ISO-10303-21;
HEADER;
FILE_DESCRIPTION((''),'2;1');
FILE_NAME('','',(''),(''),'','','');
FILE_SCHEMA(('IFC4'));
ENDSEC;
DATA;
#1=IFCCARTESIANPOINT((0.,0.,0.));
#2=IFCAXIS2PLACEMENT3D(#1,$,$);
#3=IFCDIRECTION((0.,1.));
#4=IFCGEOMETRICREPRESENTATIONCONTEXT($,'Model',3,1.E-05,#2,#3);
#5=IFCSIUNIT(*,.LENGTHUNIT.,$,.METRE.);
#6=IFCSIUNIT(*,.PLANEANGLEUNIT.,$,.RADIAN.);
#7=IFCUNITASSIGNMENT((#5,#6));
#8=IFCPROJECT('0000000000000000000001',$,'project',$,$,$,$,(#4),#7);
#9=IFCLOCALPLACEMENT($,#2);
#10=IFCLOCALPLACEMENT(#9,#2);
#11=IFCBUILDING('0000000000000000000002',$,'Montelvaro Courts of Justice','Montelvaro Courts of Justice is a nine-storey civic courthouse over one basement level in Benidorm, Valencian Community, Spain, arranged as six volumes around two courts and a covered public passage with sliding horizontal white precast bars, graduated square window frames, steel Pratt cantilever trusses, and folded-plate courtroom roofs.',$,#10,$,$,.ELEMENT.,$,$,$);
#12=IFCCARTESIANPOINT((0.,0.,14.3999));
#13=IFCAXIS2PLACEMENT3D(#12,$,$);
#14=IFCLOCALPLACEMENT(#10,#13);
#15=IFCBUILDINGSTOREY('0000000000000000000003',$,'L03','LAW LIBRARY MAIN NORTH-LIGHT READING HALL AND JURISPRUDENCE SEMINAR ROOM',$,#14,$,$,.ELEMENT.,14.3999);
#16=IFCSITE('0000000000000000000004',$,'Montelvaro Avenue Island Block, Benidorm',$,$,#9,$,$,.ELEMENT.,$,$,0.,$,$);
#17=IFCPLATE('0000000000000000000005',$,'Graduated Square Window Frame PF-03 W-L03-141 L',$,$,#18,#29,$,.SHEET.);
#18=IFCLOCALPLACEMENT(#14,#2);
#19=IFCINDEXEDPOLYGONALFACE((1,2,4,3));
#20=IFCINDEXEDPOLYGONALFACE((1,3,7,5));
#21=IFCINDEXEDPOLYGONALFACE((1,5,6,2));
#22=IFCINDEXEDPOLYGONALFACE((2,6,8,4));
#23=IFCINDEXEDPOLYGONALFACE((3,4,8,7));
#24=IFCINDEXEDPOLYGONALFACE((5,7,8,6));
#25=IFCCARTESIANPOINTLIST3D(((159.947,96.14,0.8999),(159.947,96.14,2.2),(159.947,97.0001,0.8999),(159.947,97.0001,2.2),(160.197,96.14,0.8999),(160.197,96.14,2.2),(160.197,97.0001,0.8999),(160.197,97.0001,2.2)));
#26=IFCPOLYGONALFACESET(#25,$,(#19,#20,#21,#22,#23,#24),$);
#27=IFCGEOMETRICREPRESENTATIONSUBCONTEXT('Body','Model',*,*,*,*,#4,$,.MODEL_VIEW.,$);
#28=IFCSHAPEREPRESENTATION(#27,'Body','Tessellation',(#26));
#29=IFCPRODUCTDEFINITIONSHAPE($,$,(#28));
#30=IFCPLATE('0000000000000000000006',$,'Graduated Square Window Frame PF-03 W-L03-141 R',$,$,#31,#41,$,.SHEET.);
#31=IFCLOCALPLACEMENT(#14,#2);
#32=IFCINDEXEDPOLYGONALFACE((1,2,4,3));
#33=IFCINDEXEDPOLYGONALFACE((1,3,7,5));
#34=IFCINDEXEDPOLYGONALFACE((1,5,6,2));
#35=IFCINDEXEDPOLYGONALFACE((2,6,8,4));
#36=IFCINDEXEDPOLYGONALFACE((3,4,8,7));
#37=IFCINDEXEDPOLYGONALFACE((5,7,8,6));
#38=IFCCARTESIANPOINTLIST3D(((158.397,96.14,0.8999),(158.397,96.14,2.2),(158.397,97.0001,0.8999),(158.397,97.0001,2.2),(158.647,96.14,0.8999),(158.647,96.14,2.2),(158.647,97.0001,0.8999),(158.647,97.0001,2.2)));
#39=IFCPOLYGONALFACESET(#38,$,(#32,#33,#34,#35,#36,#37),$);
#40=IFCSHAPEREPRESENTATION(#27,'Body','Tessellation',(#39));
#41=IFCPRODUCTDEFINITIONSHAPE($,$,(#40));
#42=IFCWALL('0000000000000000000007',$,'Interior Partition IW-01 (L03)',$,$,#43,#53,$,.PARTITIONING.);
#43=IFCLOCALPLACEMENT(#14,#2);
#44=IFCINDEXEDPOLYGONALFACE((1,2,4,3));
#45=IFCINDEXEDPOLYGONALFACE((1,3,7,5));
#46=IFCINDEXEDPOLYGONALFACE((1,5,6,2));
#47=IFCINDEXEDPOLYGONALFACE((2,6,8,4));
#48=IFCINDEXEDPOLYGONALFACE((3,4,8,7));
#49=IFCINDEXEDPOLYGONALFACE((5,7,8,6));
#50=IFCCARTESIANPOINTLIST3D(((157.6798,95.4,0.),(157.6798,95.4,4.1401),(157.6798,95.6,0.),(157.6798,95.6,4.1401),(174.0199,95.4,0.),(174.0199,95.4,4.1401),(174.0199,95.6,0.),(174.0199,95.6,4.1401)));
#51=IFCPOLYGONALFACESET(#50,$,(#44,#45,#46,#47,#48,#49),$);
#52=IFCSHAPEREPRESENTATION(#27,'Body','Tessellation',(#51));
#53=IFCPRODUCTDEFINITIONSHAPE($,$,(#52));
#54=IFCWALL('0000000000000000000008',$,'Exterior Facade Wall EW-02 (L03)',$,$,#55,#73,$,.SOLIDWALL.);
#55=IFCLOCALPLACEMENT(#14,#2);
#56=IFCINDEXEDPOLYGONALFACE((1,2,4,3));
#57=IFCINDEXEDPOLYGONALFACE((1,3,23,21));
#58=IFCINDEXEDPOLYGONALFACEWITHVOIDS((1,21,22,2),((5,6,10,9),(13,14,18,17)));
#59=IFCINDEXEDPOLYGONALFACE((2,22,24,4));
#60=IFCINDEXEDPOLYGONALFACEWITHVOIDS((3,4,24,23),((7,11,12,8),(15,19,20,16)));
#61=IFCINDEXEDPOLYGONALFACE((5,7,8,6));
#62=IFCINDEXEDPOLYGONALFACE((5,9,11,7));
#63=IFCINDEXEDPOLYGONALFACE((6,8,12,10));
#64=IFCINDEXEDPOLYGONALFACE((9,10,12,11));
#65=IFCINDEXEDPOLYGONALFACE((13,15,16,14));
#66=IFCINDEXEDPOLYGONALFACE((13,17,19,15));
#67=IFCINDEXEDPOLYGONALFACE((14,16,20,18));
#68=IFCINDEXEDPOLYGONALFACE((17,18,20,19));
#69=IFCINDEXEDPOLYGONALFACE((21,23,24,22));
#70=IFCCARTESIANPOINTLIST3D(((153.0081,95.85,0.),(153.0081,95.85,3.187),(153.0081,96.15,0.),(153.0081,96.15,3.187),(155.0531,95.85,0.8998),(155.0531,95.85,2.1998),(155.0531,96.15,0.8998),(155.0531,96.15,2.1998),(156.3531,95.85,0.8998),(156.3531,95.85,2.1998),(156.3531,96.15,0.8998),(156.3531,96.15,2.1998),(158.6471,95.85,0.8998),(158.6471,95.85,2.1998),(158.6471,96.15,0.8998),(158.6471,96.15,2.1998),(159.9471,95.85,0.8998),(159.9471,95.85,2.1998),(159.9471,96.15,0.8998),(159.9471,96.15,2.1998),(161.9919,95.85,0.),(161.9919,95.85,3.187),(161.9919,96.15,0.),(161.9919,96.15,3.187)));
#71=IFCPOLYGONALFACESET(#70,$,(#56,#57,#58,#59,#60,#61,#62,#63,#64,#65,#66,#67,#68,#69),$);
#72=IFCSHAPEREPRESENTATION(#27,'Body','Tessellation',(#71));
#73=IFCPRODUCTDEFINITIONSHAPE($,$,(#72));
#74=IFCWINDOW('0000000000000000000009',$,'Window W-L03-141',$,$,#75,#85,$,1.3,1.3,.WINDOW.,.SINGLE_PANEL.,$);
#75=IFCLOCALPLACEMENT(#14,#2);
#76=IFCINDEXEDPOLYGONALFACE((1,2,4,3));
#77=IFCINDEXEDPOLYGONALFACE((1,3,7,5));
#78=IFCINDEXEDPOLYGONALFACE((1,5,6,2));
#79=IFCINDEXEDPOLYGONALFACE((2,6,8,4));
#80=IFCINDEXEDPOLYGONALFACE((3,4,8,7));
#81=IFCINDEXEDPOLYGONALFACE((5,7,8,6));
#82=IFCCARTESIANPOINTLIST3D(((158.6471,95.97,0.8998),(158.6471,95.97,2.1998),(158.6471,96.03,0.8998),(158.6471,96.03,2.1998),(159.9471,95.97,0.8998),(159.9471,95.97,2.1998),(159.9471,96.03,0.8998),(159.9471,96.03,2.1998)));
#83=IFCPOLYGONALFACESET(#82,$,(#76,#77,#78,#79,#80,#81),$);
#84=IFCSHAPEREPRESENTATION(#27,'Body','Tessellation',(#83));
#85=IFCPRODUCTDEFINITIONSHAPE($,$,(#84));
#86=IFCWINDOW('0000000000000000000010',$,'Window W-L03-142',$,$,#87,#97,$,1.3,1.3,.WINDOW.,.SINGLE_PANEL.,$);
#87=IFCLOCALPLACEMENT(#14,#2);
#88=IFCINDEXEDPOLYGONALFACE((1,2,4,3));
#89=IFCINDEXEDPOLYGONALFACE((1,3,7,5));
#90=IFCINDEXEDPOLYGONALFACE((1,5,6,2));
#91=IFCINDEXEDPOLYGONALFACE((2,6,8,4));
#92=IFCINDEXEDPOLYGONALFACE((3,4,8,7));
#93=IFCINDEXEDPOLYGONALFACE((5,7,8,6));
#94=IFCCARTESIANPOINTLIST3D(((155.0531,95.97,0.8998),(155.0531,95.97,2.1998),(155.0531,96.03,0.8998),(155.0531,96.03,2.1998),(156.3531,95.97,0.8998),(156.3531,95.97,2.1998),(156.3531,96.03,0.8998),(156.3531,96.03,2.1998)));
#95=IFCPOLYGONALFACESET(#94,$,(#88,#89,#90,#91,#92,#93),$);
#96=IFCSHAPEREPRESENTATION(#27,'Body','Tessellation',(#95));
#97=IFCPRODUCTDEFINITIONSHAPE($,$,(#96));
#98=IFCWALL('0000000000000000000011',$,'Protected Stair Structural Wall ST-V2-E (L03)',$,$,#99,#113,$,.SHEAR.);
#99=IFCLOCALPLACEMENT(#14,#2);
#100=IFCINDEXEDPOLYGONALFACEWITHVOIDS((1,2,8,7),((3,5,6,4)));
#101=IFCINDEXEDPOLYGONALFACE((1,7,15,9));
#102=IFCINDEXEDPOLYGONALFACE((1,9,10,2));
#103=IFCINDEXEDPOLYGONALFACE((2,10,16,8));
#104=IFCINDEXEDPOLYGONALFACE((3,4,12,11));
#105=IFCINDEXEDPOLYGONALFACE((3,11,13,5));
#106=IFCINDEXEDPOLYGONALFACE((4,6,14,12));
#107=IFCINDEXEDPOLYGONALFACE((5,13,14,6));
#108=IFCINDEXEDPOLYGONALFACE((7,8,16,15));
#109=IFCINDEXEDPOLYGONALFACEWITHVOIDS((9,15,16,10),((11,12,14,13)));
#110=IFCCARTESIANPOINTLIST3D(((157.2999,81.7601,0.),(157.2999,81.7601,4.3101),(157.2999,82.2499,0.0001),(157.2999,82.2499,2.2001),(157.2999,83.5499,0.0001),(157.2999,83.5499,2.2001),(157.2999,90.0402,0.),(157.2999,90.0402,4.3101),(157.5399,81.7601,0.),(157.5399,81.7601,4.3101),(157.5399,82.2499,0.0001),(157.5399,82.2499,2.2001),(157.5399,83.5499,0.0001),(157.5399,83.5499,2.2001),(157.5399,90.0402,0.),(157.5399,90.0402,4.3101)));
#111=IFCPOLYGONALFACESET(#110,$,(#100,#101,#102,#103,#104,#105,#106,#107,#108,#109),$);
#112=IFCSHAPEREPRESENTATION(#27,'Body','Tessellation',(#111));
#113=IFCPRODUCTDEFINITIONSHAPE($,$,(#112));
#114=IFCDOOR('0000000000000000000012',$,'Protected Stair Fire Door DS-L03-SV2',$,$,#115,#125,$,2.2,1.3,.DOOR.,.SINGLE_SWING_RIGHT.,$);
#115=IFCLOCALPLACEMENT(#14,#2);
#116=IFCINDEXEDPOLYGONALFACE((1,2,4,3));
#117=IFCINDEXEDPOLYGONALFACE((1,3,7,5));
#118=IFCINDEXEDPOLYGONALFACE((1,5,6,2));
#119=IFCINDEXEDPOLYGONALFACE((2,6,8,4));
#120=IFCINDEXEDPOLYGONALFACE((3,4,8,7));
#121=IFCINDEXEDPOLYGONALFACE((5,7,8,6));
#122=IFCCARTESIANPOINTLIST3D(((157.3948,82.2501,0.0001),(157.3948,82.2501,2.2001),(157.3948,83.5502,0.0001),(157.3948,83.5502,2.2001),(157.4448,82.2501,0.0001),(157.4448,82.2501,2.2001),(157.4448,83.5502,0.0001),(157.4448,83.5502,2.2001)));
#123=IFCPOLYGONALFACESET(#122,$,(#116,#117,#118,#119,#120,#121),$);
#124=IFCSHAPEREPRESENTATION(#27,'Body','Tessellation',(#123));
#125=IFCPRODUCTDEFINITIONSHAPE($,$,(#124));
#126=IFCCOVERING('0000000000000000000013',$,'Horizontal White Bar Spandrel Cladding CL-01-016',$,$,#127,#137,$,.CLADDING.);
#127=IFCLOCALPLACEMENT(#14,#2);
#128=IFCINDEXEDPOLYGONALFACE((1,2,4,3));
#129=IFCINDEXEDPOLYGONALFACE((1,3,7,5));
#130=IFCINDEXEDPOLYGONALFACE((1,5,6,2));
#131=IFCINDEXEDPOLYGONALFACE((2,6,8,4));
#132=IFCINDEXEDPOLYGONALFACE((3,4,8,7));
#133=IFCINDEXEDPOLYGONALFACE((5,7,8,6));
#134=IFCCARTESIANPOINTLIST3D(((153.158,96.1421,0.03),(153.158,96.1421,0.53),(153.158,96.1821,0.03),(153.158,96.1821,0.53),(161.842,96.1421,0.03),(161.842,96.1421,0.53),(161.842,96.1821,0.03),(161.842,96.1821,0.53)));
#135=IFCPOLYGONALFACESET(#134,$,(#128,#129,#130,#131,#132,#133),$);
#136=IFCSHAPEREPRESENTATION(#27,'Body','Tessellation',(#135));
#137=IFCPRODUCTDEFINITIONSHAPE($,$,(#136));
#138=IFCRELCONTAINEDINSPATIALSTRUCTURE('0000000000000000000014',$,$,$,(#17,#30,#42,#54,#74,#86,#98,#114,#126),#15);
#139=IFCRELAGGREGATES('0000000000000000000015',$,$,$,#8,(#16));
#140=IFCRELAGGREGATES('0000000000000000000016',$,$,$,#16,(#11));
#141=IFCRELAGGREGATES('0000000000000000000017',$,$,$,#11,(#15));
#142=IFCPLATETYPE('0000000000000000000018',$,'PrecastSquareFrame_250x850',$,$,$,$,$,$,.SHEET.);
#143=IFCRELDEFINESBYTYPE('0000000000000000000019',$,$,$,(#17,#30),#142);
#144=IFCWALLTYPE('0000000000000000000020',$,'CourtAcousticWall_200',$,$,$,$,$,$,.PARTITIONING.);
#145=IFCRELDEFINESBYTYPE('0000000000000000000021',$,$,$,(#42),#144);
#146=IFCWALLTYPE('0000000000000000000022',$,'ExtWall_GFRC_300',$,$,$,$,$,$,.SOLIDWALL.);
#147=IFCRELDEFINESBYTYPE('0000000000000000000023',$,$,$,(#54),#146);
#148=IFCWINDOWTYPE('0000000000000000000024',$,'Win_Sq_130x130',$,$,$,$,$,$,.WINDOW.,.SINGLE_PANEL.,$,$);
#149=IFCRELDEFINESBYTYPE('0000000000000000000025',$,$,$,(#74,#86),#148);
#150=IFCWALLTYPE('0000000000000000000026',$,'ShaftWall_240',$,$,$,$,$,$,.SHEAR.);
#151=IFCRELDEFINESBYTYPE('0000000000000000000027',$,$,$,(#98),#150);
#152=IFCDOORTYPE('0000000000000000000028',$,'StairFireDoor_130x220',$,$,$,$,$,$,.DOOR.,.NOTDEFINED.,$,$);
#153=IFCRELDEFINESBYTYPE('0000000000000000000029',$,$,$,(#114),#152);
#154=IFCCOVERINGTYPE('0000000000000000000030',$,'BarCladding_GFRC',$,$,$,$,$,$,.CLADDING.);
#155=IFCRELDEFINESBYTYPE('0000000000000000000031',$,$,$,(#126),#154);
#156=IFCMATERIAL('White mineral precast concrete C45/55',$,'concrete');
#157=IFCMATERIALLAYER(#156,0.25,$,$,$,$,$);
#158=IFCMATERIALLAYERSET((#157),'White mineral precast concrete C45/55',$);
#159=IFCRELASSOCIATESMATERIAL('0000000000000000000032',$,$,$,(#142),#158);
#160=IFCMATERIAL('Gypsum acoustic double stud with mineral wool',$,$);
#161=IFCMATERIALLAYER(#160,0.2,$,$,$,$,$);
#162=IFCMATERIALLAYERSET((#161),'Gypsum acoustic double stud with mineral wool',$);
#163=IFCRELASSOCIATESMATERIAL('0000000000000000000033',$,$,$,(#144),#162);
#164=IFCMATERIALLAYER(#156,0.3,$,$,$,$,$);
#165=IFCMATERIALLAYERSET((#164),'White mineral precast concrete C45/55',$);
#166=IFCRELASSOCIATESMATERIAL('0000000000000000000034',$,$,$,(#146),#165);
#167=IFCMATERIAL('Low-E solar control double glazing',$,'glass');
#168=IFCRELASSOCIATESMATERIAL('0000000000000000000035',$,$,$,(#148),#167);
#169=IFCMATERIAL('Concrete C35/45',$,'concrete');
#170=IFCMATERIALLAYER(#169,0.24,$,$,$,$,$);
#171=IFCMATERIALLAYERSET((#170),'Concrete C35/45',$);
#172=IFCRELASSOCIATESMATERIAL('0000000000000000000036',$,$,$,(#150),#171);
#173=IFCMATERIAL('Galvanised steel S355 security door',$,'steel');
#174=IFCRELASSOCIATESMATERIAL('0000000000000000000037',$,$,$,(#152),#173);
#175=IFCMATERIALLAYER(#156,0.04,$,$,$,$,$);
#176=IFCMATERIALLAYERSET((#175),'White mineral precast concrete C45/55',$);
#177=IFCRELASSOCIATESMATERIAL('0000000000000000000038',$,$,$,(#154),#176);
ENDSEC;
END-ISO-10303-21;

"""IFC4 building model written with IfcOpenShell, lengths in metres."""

from ifc_helpers import new_model, si_unit, direction, frame, frame_2d, origin, origin_2d, place, context, subcontext, project, spatial, rectangle, extrude, material, layer, layer_set, type_object, element, fill, save


model = new_model("IFC4")

# Units and contexts
model_context = context("Model", 3, precision=1e-05, world=origin(), true_north=direction((0.0, 1.0)))
body_context = subcontext(model_context, "Body", "Model", "MODEL_VIEW")
ifc_project = project(units=[si_unit("LENGTHUNIT", "METRE"), si_unit("PLANEANGLEUNIT", "RADIAN")], contexts=[model_context])

# Site, building, storey
site_placement = place(None, origin())
site = spatial("IfcSite", under=ifc_project, at=site_placement, Name="Montelvaro Avenue Island Block, Benidorm", CompositionType="ELEMENT", RefElevation=0.0)
building_placement = place(site_placement, origin())
building = spatial("IfcBuilding", under=site, at=building_placement, Name="Montelvaro Courts of Justice", Description="Montelvaro Courts of Justice is a nine-storey civic courthouse over one basement level in Benidorm, Valencian Community, Spain, arranged as six volumes around two courts and a covered public passage with sliding horizontal white precast bars, graduated square window frames, steel Pratt cantilever trusses, and folded-plate courtroom roofs.", CompositionType="ELEMENT")
storey_placement = place(building_placement, frame((0.0, 0.0, 14.3999)))
storey = spatial("IfcBuildingStorey", under=building, at=storey_placement, Name="L03", Description="LAW LIBRARY MAIN NORTH-LIGHT READING HALL AND JURISPRUDENCE SEMINAR ROOM", CompositionType="ELEMENT", Elevation=14.3999)

# Plates
ifc_material_1 = material(Name="White mineral precast concrete C45/55", Category="concrete")
ifc_layer_1 = layer(ifc_material_1, 0.25)
ifc_layer_set_1 = layer_set([ifc_layer_1], Name="White mineral precast concrete C45/55")
plate_type_1 = type_object("IfcPlateType", Name="PrecastSquareFrame_250x850", PredefinedType="SHEET", material=ifc_layer_set_1)
for number, where, z_axis, x_axis, name in (
    (1, (160.072, 96.5701, 0.8999), (0.0, 0.0, 1.0), (-1.0, 0.0, 0.0), "Graduated Square Window Frame PF-03 W-L03-141 L"),
    (2, (158.522, 96.5701, 0.8999), (0.0, 0.0, 1.0), (-1.0, 0.0, 0.0), "Graduated Square Window Frame PF-03 W-L03-141 R"),
):
    element("IfcPlate", number, at=place(storey_placement, frame(where, z_axis=z_axis, x_axis=x_axis)), inside=storey, type_object=plate_type_1, Name=name, PredefinedType="SHEET", context=body_context, shape_type="SweptSolid", body=[
        extrude(rectangle(XDim=0.25, YDim=0.8601, at=origin_2d()), origin(), (0.0, 0.0, 1.0), 1.3),
    ])

# Wall
ifc_material_2 = material(Name="Gypsum acoustic double stud with mineral wool")
ifc_layer_2 = layer(ifc_material_2, 0.2)
ifc_layer_set_2 = layer_set([ifc_layer_2], Name="Gypsum acoustic double stud with mineral wool")
wall_type_1 = type_object("IfcWallType", Name="CourtAcousticWall_200", PredefinedType="PARTITIONING", material=ifc_layer_set_2)
wall_1_placement = place(storey_placement, frame((157.6799, 95.5, 0.0), z_axis=(0.0, 0.0, 1.0), x_axis=(1.0, 0.0, 0.0)))
element("IfcWall", 3, at=wall_1_placement, inside=storey, type_object=wall_type_1, Name="Interior Partition IW-01 (L03)", PredefinedType="PARTITIONING", context=body_context, shape_type="SweptSolid", body=[
    extrude(rectangle(XDim=16.3401, YDim=0.2, at=frame_2d((8.1699, 0.0))), origin(), (0.0, 0.0, 1.0), 4.1401),
])

# Wall, openings, windows
ifc_layer_3 = layer(ifc_material_1, 0.3)
ifc_layer_set_3 = layer_set([ifc_layer_3], Name="White mineral precast concrete C45/55")
wall_type_2 = type_object("IfcWallType", Name="ExtWall_GFRC_300", PredefinedType="SOLIDWALL", material=ifc_layer_set_3)
wall_2_placement = place(storey_placement, frame((161.9919, 96.0, 0.0), z_axis=(0.0, 0.0, 1.0), x_axis=(-1.0, 0.0, 0.0)))
wall_2 = element("IfcWall", 4, at=wall_2_placement, inside=storey, type_object=wall_type_2, Name="Exterior Facade Wall EW-02 (L03)", PredefinedType="SOLIDWALL", context=body_context, shape_type="SweptSolid", body=[
    extrude(rectangle(XDim=8.9839, YDim=0.3, at=frame_2d((4.4919, 0.0))), origin(), (0.0, 0.0, 1.0), 3.187),
])
opening_1_placement = place(wall_2_placement, frame((2.0449, 0.0, 0.8999)))
opening_1 = element("IfcOpeningElement", 5, at=opening_1_placement, cuts=wall_2, PredefinedType="OPENING", context=body_context, shape_type="SweptSolid", body=[
    extrude(rectangle(XDim=1.3, YDim=1.3, at=frame_2d((0.6499, 0.6499))), frame((0.0, 0.165, 0.0), z_axis=(0.0, -1.0, 0.0), x_axis=(1.0, 0.0, 0.0)), (0.0, 0.0, 1.0), 0.3298),
])
opening_2_placement = place(wall_2_placement, frame((5.6389, 0.0, 0.8999)))
opening_2 = element("IfcOpeningElement", 6, at=opening_2_placement, cuts=wall_2, PredefinedType="OPENING", context=body_context, shape_type="SweptSolid", body=[
    extrude(rectangle(XDim=1.3, YDim=1.3, at=frame_2d((0.6499, 0.6499))), frame((0.0, 0.165, 0.0), z_axis=(0.0, -1.0, 0.0), x_axis=(1.0, 0.0, 0.0)), (0.0, 0.0, 1.0), 0.3298),
])
ifc_material_3 = material(Name="Low-E solar control double glazing", Category="glass")
window_type = type_object("IfcWindowType", Name="Win_Sq_130x130", PartitioningType="SINGLE_PANEL", PredefinedType="WINDOW", material=ifc_material_3)
window_1_placement = place(opening_1_placement, origin())
window_1 = element("IfcWindow", 7, at=window_1_placement, inside=storey, type_object=window_type, Name="Window W-L03-141", OverallHeight=1.3, OverallWidth=1.3, PartitioningType="SINGLE_PANEL", PredefinedType="WINDOW", context=body_context, shape_type="SweptSolid", body=[
    extrude(rectangle(XDim=1.3, YDim=1.3, at=frame_2d((0.6499, 0.6499))), frame((0.0, 0.03, 0.0), z_axis=(0.0, -1.0, 0.0), x_axis=(1.0, 0.0, 0.0)), (0.0, 0.0, 1.0), 0.0601),
])
fill(opening_1, window_1)
window_2_placement = place(opening_2_placement, origin())
window_2 = element("IfcWindow", 8, at=window_2_placement, inside=storey, type_object=window_type, Name="Window W-L03-142", OverallHeight=1.3, OverallWidth=1.3, PartitioningType="SINGLE_PANEL", PredefinedType="WINDOW", context=body_context, shape_type="SweptSolid", body=[
    extrude(rectangle(XDim=1.3, YDim=1.3, at=frame_2d((0.6499, 0.6499))), frame((0.0, 0.03, 0.0), z_axis=(0.0, -1.0, 0.0), x_axis=(1.0, 0.0, 0.0)), (0.0, 0.0, 1.0), 0.0601),
])
fill(opening_2, window_2)

# Wall, opening, door
ifc_material_4 = material(Name="Concrete C35/45", Category="concrete")
ifc_layer_4 = layer(ifc_material_4, 0.24)
ifc_layer_set_4 = layer_set([ifc_layer_4], Name="Concrete C35/45")
wall_type_3 = type_object("IfcWallType", Name="ShaftWall_240", PredefinedType="SHEAR", material=ifc_layer_set_4)
wall_3_placement = place(storey_placement, frame((157.4199, 81.76, 0.0), z_axis=(0.0, 0.0, 1.0), x_axis=(0.0, 1.0, 0.0)))
wall_3 = element("IfcWall", 9, at=wall_3_placement, inside=storey, type_object=wall_type_3, Name="Protected Stair Structural Wall ST-V2-E (L03)", PredefinedType="SHEAR", context=body_context, shape_type="SweptSolid", body=[
    extrude(rectangle(XDim=8.28, YDim=0.24, at=frame_2d((4.1401, 0.0))), origin(), (0.0, 0.0, 1.0), 4.3101),
])
opening_3_placement = place(wall_3_placement, frame((0.49, 0.0, 0.0)))
opening_3 = element("IfcOpeningElement", 10, at=opening_3_placement, cuts=wall_3, PredefinedType="OPENING", context=body_context, shape_type="SweptSolid", body=[
    extrude(rectangle(XDim=1.3, YDim=2.2, at=frame_2d((0.6499, 1.1001))), frame((0.0, 0.1348, 0.0), z_axis=(0.0, -1.0, 0.0), x_axis=(1.0, 0.0, 0.0)), (0.0, 0.0, 1.0), 0.2698),
])
ifc_material_5 = material(Name="Galvanised steel S355 security door", Category="steel")
door_type = type_object("IfcDoorType", Name="StairFireDoor_130x220", OperationType="NOTDEFINED", PredefinedType="DOOR", material=ifc_material_5)
door_placement = place(opening_3_placement, frame((1.3, 0.0, 0.0), z_axis=(0.0, 0.0, 1.0), x_axis=(-1.0, 0.0, 0.0)))
door = element("IfcDoor", 11, at=door_placement, inside=storey, type_object=door_type, Name="Protected Stair Fire Door DS-L03-SV2", OperationType="SINGLE_SWING_RIGHT", OverallHeight=2.2, OverallWidth=1.3, PredefinedType="DOOR", context=body_context, shape_type="SweptSolid", body=[
    extrude(rectangle(XDim=1.3, YDim=2.2, at=frame_2d((0.6499, 1.1001))), frame((0.0, 0.0249, 0.0), z_axis=(0.0, -1.0, 0.0), x_axis=(1.0, 0.0, 0.0)), (0.0, 0.0, 1.0), 0.05),
])
fill(opening_3, door)

# Covering
ifc_layer_5 = layer(ifc_material_1, 0.04)
ifc_layer_set_5 = layer_set([ifc_layer_5], Name="White mineral precast concrete C45/55")
covering_type = type_object("IfcCoveringType", Name="BarCladding_GFRC", PredefinedType="CLADDING", material=ifc_layer_set_5)
covering_placement = place(storey_placement, frame((157.5, 96.1621, 0.03), z_axis=(0.0, 0.0, 1.0), x_axis=(-1.0, 0.0, 0.0)))
element("IfcCovering", 12, at=covering_placement, inside=storey, type_object=covering_type, Name="Horizontal White Bar Spandrel Cladding CL-01-016", PredefinedType="CLADDING", context=body_context, shape_type="SweptSolid", body=[
    extrude(rectangle(XDim=8.6841, YDim=0.04, at=origin_2d()), origin(), (0.0, 0.0, 1.0), 0.5),
])

save(model, "model.ifc")
